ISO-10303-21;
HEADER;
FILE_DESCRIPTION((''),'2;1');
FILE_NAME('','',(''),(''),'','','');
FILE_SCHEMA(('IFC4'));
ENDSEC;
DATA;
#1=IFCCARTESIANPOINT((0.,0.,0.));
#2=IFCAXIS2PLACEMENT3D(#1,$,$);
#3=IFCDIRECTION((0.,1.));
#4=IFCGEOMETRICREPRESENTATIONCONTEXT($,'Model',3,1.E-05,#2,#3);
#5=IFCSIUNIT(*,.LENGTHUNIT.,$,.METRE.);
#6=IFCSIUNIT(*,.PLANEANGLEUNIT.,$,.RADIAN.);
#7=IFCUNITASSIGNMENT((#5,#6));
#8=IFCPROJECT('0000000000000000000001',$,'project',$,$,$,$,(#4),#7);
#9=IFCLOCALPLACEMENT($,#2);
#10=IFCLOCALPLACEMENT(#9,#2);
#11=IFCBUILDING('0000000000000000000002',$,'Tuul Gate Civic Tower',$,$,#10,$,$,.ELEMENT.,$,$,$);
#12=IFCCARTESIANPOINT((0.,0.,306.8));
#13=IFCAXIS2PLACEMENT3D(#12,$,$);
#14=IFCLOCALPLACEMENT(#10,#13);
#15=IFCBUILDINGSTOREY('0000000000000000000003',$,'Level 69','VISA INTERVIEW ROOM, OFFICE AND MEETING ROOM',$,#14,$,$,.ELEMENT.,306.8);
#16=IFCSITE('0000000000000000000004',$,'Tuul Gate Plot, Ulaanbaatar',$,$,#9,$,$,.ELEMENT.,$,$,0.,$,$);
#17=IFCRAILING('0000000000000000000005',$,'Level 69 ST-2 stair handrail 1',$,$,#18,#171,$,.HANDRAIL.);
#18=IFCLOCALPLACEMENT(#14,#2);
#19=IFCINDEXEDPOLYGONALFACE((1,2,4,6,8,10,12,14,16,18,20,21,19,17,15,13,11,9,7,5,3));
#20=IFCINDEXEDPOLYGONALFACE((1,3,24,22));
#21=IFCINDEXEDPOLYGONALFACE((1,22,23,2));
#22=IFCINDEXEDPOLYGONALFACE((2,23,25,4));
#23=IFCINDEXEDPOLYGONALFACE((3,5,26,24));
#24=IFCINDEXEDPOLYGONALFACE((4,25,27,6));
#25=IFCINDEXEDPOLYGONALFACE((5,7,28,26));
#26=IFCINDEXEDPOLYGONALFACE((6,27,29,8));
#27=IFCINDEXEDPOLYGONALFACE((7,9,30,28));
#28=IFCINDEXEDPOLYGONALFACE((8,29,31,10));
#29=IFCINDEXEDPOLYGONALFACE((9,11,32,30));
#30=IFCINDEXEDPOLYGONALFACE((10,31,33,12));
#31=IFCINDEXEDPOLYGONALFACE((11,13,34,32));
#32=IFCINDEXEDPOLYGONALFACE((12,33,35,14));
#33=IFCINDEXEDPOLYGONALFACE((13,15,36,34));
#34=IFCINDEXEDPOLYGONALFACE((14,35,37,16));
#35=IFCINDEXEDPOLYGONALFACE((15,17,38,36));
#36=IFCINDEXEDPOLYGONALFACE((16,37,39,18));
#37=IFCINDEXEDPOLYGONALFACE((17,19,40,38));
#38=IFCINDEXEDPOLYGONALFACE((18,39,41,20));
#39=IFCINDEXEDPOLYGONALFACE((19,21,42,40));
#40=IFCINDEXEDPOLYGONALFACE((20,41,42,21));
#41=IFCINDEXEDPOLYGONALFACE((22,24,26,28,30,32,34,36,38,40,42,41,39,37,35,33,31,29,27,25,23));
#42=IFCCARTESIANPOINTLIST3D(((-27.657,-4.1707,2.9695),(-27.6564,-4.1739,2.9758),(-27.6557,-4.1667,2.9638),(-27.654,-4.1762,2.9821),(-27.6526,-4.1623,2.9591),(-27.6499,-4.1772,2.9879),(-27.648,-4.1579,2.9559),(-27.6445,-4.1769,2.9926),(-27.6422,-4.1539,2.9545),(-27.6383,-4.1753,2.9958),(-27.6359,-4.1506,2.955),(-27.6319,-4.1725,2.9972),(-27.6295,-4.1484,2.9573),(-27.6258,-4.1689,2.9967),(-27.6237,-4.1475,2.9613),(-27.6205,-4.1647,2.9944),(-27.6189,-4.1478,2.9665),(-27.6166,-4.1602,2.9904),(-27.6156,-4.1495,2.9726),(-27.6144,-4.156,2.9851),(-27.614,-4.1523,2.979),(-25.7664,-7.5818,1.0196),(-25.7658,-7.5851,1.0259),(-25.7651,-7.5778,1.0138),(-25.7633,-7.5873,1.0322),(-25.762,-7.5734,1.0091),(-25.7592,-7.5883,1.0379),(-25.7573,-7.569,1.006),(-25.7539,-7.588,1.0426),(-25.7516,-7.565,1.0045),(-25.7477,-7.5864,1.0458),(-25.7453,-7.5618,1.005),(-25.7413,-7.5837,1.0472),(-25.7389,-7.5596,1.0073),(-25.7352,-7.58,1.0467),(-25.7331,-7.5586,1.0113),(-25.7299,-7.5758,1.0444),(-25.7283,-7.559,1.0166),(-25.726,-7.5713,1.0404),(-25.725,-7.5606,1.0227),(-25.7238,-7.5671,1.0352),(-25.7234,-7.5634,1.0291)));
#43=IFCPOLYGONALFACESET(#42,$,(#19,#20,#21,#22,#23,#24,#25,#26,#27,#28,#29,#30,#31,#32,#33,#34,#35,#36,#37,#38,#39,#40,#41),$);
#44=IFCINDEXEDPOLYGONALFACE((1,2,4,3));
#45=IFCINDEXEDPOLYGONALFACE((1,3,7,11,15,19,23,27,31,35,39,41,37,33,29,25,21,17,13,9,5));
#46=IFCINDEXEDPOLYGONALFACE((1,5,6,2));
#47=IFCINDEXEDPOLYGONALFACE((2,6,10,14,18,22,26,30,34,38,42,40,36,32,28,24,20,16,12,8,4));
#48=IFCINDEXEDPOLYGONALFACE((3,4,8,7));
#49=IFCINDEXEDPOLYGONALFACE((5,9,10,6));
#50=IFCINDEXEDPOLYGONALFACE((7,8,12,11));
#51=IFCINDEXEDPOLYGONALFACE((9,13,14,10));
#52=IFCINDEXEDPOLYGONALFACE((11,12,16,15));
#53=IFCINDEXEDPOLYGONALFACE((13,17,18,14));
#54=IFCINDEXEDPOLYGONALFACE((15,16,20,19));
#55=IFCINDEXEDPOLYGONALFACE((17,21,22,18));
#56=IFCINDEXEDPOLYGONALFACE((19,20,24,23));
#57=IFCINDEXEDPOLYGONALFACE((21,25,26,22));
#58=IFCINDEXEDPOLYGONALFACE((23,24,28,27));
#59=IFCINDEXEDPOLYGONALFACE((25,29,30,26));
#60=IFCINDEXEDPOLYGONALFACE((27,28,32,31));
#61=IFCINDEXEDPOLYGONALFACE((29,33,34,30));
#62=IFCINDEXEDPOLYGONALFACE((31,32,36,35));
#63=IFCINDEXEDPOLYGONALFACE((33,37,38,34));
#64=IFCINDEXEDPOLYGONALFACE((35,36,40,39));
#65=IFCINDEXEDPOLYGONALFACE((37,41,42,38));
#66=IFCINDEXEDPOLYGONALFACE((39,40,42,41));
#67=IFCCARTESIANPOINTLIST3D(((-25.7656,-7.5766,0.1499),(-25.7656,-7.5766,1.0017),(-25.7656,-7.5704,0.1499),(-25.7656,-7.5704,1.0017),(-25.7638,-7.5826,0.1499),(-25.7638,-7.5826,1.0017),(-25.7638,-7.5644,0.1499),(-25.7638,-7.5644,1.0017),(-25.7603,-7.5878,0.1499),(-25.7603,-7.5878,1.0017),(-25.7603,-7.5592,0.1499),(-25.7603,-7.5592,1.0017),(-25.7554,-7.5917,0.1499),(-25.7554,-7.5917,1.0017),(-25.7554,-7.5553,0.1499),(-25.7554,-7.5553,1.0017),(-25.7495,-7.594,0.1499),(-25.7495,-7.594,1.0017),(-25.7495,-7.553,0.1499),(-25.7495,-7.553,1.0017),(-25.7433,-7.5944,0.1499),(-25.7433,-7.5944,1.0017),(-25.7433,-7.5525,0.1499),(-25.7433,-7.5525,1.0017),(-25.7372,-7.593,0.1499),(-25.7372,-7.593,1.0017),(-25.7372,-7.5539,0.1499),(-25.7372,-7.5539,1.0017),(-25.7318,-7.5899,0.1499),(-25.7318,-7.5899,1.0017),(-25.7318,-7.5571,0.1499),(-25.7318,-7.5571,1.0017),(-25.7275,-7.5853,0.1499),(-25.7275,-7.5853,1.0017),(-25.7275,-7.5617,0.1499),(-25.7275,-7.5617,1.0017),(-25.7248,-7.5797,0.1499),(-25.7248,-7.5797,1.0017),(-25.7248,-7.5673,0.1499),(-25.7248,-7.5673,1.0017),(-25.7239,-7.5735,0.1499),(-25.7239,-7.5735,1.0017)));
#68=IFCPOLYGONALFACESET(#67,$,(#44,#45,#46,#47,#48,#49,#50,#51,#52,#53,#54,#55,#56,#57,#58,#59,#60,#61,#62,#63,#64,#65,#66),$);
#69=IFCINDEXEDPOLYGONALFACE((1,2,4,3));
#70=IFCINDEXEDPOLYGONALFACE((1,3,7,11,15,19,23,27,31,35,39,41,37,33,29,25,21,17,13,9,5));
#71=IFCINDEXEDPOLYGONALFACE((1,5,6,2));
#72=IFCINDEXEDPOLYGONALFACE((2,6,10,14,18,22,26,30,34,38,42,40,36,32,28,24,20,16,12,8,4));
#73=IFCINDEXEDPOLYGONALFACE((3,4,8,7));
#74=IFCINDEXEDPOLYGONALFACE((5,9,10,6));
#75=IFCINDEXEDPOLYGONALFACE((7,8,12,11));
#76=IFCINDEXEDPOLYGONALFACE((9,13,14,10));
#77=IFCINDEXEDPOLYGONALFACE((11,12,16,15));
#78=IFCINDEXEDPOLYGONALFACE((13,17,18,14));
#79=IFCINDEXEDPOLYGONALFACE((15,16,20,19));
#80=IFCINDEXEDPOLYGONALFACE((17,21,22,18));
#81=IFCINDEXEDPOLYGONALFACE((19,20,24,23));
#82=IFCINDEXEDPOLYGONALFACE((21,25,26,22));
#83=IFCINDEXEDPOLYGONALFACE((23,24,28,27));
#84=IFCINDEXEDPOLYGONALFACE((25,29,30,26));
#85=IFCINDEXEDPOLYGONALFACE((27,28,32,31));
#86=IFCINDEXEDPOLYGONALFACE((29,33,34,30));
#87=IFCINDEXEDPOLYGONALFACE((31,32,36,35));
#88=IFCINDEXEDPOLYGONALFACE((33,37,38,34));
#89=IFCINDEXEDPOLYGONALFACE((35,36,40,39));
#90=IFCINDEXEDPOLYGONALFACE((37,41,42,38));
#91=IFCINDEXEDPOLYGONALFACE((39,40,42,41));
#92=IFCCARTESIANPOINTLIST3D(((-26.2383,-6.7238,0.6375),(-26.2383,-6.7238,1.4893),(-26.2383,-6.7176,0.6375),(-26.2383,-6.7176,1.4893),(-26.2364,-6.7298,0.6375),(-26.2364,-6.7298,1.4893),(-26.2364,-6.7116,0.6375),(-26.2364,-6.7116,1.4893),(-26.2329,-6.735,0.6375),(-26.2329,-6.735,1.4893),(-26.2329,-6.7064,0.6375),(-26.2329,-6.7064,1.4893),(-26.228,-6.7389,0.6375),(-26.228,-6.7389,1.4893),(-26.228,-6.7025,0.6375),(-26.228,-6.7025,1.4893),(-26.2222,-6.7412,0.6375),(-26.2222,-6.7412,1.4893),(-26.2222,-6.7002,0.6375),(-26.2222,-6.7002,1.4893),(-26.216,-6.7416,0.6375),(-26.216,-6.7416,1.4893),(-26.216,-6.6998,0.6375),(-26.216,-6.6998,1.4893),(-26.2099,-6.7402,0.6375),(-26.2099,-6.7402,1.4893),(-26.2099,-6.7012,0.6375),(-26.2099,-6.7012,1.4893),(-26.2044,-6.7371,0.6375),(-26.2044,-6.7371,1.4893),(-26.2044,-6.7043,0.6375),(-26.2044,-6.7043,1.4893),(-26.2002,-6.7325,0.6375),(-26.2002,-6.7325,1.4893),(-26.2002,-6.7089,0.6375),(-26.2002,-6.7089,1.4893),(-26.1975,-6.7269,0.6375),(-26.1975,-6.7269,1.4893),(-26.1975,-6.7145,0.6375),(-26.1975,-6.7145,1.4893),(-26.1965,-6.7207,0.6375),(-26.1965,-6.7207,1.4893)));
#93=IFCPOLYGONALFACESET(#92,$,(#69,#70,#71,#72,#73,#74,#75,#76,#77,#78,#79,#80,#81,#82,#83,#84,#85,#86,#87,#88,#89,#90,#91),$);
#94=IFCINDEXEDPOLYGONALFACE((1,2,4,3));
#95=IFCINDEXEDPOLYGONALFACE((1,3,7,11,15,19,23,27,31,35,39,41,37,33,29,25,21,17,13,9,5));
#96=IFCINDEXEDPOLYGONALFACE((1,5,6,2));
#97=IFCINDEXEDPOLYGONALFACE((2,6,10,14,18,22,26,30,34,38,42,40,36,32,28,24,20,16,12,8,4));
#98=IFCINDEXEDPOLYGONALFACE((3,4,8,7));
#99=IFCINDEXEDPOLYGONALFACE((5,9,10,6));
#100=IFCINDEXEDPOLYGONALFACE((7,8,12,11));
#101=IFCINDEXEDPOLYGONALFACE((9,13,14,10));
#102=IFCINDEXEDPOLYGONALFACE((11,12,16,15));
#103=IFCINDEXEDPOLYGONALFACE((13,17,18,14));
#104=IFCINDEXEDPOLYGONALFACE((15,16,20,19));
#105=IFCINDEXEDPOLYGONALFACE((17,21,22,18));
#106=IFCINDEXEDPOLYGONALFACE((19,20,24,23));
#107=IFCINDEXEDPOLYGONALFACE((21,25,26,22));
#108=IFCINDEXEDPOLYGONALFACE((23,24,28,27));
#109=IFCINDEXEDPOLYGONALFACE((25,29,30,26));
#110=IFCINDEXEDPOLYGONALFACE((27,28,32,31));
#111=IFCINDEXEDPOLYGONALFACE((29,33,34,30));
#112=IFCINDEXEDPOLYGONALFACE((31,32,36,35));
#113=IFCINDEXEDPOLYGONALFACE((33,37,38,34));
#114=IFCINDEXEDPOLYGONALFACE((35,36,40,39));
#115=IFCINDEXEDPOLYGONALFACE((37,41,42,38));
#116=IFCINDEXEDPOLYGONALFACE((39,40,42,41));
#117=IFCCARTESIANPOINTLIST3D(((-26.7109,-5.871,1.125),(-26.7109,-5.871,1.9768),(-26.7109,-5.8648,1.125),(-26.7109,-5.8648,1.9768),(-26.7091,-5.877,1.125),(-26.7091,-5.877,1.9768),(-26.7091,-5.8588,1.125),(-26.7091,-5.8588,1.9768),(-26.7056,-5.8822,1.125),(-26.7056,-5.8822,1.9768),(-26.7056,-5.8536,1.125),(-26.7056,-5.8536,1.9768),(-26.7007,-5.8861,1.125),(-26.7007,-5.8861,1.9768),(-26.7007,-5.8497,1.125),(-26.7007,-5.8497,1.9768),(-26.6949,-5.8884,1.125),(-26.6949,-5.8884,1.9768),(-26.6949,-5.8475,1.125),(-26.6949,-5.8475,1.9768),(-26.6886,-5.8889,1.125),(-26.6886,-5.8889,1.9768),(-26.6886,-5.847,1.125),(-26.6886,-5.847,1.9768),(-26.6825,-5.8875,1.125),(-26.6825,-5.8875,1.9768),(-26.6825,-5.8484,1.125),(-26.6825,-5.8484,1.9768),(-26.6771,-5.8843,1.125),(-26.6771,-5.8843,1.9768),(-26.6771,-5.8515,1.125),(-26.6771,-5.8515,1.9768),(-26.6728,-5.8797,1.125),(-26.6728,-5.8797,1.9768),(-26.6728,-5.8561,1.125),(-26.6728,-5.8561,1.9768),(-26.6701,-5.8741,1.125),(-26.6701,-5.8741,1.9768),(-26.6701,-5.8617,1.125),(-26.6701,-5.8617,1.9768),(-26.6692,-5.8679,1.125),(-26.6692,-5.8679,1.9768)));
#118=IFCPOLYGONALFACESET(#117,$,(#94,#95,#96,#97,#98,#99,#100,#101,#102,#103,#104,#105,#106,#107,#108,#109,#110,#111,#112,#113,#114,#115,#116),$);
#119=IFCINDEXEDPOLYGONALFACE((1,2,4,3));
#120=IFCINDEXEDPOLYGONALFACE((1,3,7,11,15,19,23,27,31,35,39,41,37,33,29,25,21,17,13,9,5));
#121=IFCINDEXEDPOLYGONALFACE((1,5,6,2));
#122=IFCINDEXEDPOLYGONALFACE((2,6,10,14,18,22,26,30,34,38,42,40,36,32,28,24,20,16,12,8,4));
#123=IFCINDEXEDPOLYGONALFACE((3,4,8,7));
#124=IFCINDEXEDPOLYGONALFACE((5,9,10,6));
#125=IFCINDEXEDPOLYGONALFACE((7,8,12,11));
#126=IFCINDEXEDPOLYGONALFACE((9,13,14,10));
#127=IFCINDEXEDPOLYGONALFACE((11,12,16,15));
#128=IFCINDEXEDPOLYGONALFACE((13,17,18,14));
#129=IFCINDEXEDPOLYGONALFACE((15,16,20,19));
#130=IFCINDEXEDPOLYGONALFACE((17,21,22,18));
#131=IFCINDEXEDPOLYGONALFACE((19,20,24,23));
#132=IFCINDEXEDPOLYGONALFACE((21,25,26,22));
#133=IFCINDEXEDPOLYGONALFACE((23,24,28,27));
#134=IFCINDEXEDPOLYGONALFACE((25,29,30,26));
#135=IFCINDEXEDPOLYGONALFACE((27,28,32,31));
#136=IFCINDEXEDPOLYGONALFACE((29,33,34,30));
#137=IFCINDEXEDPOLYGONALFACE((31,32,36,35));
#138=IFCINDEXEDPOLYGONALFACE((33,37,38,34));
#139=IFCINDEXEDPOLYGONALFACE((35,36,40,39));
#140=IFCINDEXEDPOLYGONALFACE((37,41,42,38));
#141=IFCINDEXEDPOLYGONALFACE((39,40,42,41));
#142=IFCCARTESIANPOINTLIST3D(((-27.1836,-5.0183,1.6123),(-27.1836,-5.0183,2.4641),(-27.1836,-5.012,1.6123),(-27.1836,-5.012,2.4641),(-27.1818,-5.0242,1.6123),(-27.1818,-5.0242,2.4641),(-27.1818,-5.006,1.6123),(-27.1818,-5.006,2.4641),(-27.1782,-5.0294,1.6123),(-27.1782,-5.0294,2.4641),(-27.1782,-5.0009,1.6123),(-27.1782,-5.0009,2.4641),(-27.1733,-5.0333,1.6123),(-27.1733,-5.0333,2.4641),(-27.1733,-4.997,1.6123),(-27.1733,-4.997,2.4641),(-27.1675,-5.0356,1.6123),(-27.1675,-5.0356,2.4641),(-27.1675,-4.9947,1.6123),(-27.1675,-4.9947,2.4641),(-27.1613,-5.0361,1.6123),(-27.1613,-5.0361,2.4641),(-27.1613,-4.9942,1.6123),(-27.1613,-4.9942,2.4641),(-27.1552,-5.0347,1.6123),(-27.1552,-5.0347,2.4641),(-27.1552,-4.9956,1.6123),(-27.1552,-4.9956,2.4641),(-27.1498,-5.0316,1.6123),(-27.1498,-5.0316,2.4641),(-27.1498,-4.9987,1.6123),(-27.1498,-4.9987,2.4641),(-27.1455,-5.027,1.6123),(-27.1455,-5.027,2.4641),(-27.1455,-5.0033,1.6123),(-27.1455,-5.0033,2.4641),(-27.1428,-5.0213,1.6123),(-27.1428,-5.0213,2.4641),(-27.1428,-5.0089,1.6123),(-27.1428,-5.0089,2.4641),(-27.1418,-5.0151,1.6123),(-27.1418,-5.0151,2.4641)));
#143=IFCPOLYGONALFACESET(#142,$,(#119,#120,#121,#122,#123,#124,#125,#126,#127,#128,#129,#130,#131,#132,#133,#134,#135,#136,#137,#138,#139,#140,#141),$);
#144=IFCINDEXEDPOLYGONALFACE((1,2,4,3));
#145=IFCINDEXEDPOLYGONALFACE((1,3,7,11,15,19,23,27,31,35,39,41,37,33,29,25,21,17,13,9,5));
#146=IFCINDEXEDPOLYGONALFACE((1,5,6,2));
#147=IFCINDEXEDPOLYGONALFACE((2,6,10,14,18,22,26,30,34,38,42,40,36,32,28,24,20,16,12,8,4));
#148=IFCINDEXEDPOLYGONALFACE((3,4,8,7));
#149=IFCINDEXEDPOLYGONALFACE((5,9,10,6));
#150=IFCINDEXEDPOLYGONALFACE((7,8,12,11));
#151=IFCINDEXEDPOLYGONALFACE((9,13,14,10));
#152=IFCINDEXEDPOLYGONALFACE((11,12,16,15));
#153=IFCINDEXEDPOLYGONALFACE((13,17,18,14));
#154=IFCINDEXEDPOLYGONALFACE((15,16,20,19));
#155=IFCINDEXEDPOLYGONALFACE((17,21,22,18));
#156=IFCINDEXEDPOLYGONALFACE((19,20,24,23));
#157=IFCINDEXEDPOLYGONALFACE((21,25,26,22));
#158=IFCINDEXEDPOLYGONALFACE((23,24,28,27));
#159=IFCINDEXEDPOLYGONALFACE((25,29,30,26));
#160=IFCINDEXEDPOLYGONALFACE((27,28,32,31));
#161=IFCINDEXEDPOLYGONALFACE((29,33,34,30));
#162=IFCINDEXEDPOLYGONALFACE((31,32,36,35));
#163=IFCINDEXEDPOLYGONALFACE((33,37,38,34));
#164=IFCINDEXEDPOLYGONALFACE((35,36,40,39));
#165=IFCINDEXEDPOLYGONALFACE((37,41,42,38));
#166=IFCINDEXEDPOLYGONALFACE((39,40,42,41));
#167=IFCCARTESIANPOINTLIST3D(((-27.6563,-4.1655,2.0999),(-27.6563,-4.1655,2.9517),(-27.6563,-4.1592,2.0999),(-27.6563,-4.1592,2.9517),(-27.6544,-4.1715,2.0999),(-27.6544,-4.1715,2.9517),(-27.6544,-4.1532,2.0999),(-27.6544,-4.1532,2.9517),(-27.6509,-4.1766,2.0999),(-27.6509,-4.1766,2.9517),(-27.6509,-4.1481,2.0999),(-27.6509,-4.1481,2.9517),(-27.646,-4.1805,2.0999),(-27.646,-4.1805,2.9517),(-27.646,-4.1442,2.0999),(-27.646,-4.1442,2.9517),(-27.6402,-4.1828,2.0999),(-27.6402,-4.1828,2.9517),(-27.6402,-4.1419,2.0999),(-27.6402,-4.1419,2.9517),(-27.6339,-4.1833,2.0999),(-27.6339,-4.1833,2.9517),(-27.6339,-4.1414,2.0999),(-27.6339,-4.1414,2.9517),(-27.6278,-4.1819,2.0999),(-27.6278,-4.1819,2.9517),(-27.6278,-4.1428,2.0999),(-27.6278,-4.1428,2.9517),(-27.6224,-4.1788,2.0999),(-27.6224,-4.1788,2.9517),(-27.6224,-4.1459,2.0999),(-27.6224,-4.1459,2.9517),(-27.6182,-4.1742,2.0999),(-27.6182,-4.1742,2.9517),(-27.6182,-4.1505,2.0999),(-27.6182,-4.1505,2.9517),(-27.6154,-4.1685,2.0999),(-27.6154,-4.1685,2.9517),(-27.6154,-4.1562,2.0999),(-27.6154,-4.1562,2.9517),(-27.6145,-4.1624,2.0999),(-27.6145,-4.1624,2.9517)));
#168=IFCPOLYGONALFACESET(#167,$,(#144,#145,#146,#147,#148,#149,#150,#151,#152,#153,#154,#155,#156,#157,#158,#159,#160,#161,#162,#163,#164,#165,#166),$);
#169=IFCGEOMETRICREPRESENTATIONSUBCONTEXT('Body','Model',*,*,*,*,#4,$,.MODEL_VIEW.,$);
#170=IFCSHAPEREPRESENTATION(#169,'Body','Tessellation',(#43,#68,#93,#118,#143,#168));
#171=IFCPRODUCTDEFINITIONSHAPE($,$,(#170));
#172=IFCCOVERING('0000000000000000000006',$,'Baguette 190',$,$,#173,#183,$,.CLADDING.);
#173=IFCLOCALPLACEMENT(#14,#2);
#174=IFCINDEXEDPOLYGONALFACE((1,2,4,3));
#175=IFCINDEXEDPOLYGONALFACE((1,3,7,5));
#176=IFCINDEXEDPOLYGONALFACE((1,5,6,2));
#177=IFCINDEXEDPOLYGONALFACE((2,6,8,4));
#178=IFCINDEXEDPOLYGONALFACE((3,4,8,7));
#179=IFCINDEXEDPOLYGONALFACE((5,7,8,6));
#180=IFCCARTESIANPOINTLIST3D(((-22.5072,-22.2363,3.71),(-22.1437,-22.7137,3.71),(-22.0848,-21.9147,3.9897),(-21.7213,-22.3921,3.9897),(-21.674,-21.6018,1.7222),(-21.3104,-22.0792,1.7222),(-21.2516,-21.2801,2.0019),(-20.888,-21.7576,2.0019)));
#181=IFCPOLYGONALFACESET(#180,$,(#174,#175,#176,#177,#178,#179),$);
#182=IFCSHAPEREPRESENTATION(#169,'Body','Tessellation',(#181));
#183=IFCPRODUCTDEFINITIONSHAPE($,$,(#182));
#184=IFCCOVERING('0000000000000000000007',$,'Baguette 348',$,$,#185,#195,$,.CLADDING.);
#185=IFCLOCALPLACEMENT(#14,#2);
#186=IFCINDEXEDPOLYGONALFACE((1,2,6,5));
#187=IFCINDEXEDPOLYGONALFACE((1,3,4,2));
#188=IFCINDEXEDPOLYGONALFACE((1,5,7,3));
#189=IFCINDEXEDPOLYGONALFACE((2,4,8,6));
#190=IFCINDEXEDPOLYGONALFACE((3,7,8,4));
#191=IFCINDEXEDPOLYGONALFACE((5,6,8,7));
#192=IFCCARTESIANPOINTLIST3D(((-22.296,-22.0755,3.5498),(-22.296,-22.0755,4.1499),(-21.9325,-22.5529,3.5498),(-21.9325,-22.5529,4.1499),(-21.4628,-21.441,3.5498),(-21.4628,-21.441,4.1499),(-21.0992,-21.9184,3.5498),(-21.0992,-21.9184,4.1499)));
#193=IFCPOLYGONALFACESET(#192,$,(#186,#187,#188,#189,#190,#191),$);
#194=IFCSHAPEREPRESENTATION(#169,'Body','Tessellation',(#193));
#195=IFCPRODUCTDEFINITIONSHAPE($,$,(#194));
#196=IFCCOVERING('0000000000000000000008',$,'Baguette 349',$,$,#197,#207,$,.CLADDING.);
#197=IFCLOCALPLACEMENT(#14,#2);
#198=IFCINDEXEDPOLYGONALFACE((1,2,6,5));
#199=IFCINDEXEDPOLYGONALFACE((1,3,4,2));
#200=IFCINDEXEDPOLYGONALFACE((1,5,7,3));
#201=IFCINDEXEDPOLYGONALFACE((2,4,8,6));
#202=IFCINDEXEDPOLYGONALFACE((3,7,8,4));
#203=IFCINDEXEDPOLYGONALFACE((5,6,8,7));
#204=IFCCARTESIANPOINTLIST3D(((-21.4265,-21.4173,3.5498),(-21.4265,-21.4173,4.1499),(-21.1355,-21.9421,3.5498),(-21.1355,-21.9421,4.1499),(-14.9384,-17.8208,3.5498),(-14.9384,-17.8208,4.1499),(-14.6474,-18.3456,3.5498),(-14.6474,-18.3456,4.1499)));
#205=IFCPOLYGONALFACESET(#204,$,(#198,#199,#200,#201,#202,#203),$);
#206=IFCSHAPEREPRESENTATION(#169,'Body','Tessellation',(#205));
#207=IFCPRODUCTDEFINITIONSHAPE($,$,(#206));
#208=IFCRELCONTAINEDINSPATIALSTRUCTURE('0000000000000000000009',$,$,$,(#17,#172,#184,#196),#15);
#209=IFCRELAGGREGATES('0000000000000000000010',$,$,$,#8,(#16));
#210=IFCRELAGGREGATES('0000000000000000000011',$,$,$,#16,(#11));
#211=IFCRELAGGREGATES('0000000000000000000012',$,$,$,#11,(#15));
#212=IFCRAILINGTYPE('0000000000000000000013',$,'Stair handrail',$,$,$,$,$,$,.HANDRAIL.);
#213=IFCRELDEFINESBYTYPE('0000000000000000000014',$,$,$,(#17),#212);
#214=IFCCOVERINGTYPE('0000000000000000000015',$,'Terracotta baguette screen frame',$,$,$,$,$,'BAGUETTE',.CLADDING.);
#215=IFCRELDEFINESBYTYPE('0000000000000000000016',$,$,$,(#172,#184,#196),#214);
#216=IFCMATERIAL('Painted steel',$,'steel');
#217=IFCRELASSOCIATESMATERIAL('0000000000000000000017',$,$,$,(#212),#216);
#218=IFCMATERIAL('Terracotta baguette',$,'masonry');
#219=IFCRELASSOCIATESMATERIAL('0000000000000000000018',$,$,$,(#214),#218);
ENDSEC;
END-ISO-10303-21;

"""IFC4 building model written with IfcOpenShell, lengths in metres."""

from ifc_helpers import new_model, si_unit, direction, frame, origin, origin_2d, place, context, subcontext, project, spatial, rectangle, circle, extrude, material, material_profile, profile_set, type_object, element, save


model = new_model("IFC4")

# Units and contexts
model_context = context("Model", 3, precision=1e-05, world=origin(), true_north=direction((0.0, 1.0)))
body_context = subcontext(model_context, "Body", "Model", "MODEL_VIEW")
ifc_project = project(units=[si_unit("LENGTHUNIT", "METRE"), si_unit("PLANEANGLEUNIT", "RADIAN")], contexts=[model_context])

# Site, building, storey
site_placement = place(None, origin())
site = spatial("IfcSite", under=ifc_project, at=site_placement, Name="Tuul Gate Plot, Ulaanbaatar", CompositionType="ELEMENT", RefElevation=0.0)
building_placement = place(site_placement, origin())
building = spatial("IfcBuilding", under=site, at=building_placement, Name="Tuul Gate Civic Tower", CompositionType="ELEMENT")
storey_placement = place(building_placement, frame((0.0, 0.0, 306.8)))
storey = spatial("IfcBuildingStorey", under=building, at=storey_placement, Name="Level 69", Description="VISA INTERVIEW ROOM, OFFICE AND MEETING ROOM", CompositionType="ELEMENT", Elevation=306.8)

# Railing
ifc_material_1 = material(Name="Painted steel", Category="steel")
railing_type_1 = type_object("IfcRailingType", Name="Stair handrail", PredefinedType="HANDRAIL", material=ifc_material_1)
railing_1_placement = place(storey_placement, frame((-25.7449, -7.5735, 0.1499)))
element("IfcRailing", 1, at=railing_1_placement, inside=storey, type_object=railing_type_1, Name="Level 69 ST-2 stair handrail 1", PredefinedType="HANDRAIL", context=body_context, shape_type="SweptSolid", body=[
    extrude(circle(Radius=0.0239, at=origin_2d()), frame((0.0, 0.0, 0.876), z_axis=(-0.433595, 0.782308, 0.447201), x_axis=(-0.874641, -0.484771, 0.0)), (0.0, 0.0, 1.0), 4.3604),
    extrude(circle(Radius=0.021, at=origin_2d()), origin(), (0.0, 0.0, 1.0), 0.8518),
    extrude(circle(Radius=0.021, at=origin_2d()), frame((-0.4727, 0.8528, 0.4875)), (0.0, 0.0, 1.0), 0.8518),
    extrude(circle(Radius=0.021, at=origin_2d()), frame((-0.9453, 1.7056, 0.9751)), (0.0, 0.0, 1.0), 0.8518),
    extrude(circle(Radius=0.021, at=origin_2d()), frame((-1.418, 2.5583, 1.4624)), (0.0, 0.0, 1.0), 0.8518),
    extrude(circle(Radius=0.021, at=origin_2d()), frame((-1.8906, 3.4111, 1.95)), (0.0, 0.0, 1.0), 0.8518),
])

# Coverings
ifc_material_2 = material(Name="Terracotta baguette", Category="masonry")
ifc_material_profile_1 = material_profile(ifc_material_2, rectangle(XDim=0.6001, YDim=0.6001, at=origin_2d()), Name="Terracotta baguette screen frame")
ifc_profile_set_1 = profile_set([ifc_material_profile_1], Name="Terracotta baguette")
covering_type = type_object("IfcCoveringType", Name="Terracotta baguette screen frame", ElementType="BAGUETTE", PredefinedType="CLADDING", material=ifc_profile_set_1)
covering_1_placement = place(storey_placement, frame((-22.1143, -22.3142, 3.8499), z_axis=(0.370857, 0.282407, -0.88471), x_axis=(-0.60584, 0.795587, 0.0)))
element("IfcCovering", 2, at=covering_1_placement, inside=storey, type_object=covering_type, Name="Baguette 190", PredefinedType="CLADDING", context=body_context, shape_type="SweptSolid", body=[
    extrude(rectangle(XDim=0.6001, YDim=0.6001, at=origin_2d()), origin(), (0.0, 0.0, 1.0), 2.2468),
])
covering_2_placement = place(storey_placement, frame((-22.1143, -22.3142, 3.8499), z_axis=(0.795587, 0.60584, 0.0), x_axis=(-0.60584, 0.795587, 0.0)))
element("IfcCovering", 3, at=covering_2_placement, inside=storey, type_object=covering_type, Name="Baguette 348", PredefinedType="CLADDING", context=body_context, shape_type="SweptSolid", body=[
    extrude(rectangle(XDim=0.6001, YDim=0.6001, at=origin_2d()), origin(), (0.0, 0.0, 1.0), 1.0474),
])
covering_3_placement = place(storey_placement, frame((-21.281, -21.6797, 3.8499), z_axis=(0.874616, 0.484816, 0.0), x_axis=(-0.484816, 0.874616, 0.0)))
element("IfcCovering", 4, at=covering_3_placement, inside=storey, type_object=covering_type, Name="Baguette 349", PredefinedType="CLADDING", context=body_context, shape_type="SweptSolid", body=[
    extrude(rectangle(XDim=0.6001, YDim=0.6001, at=origin_2d()), origin(), (0.0, 0.0, 1.0), 7.4182),
])

save(model, "model.ifc")
